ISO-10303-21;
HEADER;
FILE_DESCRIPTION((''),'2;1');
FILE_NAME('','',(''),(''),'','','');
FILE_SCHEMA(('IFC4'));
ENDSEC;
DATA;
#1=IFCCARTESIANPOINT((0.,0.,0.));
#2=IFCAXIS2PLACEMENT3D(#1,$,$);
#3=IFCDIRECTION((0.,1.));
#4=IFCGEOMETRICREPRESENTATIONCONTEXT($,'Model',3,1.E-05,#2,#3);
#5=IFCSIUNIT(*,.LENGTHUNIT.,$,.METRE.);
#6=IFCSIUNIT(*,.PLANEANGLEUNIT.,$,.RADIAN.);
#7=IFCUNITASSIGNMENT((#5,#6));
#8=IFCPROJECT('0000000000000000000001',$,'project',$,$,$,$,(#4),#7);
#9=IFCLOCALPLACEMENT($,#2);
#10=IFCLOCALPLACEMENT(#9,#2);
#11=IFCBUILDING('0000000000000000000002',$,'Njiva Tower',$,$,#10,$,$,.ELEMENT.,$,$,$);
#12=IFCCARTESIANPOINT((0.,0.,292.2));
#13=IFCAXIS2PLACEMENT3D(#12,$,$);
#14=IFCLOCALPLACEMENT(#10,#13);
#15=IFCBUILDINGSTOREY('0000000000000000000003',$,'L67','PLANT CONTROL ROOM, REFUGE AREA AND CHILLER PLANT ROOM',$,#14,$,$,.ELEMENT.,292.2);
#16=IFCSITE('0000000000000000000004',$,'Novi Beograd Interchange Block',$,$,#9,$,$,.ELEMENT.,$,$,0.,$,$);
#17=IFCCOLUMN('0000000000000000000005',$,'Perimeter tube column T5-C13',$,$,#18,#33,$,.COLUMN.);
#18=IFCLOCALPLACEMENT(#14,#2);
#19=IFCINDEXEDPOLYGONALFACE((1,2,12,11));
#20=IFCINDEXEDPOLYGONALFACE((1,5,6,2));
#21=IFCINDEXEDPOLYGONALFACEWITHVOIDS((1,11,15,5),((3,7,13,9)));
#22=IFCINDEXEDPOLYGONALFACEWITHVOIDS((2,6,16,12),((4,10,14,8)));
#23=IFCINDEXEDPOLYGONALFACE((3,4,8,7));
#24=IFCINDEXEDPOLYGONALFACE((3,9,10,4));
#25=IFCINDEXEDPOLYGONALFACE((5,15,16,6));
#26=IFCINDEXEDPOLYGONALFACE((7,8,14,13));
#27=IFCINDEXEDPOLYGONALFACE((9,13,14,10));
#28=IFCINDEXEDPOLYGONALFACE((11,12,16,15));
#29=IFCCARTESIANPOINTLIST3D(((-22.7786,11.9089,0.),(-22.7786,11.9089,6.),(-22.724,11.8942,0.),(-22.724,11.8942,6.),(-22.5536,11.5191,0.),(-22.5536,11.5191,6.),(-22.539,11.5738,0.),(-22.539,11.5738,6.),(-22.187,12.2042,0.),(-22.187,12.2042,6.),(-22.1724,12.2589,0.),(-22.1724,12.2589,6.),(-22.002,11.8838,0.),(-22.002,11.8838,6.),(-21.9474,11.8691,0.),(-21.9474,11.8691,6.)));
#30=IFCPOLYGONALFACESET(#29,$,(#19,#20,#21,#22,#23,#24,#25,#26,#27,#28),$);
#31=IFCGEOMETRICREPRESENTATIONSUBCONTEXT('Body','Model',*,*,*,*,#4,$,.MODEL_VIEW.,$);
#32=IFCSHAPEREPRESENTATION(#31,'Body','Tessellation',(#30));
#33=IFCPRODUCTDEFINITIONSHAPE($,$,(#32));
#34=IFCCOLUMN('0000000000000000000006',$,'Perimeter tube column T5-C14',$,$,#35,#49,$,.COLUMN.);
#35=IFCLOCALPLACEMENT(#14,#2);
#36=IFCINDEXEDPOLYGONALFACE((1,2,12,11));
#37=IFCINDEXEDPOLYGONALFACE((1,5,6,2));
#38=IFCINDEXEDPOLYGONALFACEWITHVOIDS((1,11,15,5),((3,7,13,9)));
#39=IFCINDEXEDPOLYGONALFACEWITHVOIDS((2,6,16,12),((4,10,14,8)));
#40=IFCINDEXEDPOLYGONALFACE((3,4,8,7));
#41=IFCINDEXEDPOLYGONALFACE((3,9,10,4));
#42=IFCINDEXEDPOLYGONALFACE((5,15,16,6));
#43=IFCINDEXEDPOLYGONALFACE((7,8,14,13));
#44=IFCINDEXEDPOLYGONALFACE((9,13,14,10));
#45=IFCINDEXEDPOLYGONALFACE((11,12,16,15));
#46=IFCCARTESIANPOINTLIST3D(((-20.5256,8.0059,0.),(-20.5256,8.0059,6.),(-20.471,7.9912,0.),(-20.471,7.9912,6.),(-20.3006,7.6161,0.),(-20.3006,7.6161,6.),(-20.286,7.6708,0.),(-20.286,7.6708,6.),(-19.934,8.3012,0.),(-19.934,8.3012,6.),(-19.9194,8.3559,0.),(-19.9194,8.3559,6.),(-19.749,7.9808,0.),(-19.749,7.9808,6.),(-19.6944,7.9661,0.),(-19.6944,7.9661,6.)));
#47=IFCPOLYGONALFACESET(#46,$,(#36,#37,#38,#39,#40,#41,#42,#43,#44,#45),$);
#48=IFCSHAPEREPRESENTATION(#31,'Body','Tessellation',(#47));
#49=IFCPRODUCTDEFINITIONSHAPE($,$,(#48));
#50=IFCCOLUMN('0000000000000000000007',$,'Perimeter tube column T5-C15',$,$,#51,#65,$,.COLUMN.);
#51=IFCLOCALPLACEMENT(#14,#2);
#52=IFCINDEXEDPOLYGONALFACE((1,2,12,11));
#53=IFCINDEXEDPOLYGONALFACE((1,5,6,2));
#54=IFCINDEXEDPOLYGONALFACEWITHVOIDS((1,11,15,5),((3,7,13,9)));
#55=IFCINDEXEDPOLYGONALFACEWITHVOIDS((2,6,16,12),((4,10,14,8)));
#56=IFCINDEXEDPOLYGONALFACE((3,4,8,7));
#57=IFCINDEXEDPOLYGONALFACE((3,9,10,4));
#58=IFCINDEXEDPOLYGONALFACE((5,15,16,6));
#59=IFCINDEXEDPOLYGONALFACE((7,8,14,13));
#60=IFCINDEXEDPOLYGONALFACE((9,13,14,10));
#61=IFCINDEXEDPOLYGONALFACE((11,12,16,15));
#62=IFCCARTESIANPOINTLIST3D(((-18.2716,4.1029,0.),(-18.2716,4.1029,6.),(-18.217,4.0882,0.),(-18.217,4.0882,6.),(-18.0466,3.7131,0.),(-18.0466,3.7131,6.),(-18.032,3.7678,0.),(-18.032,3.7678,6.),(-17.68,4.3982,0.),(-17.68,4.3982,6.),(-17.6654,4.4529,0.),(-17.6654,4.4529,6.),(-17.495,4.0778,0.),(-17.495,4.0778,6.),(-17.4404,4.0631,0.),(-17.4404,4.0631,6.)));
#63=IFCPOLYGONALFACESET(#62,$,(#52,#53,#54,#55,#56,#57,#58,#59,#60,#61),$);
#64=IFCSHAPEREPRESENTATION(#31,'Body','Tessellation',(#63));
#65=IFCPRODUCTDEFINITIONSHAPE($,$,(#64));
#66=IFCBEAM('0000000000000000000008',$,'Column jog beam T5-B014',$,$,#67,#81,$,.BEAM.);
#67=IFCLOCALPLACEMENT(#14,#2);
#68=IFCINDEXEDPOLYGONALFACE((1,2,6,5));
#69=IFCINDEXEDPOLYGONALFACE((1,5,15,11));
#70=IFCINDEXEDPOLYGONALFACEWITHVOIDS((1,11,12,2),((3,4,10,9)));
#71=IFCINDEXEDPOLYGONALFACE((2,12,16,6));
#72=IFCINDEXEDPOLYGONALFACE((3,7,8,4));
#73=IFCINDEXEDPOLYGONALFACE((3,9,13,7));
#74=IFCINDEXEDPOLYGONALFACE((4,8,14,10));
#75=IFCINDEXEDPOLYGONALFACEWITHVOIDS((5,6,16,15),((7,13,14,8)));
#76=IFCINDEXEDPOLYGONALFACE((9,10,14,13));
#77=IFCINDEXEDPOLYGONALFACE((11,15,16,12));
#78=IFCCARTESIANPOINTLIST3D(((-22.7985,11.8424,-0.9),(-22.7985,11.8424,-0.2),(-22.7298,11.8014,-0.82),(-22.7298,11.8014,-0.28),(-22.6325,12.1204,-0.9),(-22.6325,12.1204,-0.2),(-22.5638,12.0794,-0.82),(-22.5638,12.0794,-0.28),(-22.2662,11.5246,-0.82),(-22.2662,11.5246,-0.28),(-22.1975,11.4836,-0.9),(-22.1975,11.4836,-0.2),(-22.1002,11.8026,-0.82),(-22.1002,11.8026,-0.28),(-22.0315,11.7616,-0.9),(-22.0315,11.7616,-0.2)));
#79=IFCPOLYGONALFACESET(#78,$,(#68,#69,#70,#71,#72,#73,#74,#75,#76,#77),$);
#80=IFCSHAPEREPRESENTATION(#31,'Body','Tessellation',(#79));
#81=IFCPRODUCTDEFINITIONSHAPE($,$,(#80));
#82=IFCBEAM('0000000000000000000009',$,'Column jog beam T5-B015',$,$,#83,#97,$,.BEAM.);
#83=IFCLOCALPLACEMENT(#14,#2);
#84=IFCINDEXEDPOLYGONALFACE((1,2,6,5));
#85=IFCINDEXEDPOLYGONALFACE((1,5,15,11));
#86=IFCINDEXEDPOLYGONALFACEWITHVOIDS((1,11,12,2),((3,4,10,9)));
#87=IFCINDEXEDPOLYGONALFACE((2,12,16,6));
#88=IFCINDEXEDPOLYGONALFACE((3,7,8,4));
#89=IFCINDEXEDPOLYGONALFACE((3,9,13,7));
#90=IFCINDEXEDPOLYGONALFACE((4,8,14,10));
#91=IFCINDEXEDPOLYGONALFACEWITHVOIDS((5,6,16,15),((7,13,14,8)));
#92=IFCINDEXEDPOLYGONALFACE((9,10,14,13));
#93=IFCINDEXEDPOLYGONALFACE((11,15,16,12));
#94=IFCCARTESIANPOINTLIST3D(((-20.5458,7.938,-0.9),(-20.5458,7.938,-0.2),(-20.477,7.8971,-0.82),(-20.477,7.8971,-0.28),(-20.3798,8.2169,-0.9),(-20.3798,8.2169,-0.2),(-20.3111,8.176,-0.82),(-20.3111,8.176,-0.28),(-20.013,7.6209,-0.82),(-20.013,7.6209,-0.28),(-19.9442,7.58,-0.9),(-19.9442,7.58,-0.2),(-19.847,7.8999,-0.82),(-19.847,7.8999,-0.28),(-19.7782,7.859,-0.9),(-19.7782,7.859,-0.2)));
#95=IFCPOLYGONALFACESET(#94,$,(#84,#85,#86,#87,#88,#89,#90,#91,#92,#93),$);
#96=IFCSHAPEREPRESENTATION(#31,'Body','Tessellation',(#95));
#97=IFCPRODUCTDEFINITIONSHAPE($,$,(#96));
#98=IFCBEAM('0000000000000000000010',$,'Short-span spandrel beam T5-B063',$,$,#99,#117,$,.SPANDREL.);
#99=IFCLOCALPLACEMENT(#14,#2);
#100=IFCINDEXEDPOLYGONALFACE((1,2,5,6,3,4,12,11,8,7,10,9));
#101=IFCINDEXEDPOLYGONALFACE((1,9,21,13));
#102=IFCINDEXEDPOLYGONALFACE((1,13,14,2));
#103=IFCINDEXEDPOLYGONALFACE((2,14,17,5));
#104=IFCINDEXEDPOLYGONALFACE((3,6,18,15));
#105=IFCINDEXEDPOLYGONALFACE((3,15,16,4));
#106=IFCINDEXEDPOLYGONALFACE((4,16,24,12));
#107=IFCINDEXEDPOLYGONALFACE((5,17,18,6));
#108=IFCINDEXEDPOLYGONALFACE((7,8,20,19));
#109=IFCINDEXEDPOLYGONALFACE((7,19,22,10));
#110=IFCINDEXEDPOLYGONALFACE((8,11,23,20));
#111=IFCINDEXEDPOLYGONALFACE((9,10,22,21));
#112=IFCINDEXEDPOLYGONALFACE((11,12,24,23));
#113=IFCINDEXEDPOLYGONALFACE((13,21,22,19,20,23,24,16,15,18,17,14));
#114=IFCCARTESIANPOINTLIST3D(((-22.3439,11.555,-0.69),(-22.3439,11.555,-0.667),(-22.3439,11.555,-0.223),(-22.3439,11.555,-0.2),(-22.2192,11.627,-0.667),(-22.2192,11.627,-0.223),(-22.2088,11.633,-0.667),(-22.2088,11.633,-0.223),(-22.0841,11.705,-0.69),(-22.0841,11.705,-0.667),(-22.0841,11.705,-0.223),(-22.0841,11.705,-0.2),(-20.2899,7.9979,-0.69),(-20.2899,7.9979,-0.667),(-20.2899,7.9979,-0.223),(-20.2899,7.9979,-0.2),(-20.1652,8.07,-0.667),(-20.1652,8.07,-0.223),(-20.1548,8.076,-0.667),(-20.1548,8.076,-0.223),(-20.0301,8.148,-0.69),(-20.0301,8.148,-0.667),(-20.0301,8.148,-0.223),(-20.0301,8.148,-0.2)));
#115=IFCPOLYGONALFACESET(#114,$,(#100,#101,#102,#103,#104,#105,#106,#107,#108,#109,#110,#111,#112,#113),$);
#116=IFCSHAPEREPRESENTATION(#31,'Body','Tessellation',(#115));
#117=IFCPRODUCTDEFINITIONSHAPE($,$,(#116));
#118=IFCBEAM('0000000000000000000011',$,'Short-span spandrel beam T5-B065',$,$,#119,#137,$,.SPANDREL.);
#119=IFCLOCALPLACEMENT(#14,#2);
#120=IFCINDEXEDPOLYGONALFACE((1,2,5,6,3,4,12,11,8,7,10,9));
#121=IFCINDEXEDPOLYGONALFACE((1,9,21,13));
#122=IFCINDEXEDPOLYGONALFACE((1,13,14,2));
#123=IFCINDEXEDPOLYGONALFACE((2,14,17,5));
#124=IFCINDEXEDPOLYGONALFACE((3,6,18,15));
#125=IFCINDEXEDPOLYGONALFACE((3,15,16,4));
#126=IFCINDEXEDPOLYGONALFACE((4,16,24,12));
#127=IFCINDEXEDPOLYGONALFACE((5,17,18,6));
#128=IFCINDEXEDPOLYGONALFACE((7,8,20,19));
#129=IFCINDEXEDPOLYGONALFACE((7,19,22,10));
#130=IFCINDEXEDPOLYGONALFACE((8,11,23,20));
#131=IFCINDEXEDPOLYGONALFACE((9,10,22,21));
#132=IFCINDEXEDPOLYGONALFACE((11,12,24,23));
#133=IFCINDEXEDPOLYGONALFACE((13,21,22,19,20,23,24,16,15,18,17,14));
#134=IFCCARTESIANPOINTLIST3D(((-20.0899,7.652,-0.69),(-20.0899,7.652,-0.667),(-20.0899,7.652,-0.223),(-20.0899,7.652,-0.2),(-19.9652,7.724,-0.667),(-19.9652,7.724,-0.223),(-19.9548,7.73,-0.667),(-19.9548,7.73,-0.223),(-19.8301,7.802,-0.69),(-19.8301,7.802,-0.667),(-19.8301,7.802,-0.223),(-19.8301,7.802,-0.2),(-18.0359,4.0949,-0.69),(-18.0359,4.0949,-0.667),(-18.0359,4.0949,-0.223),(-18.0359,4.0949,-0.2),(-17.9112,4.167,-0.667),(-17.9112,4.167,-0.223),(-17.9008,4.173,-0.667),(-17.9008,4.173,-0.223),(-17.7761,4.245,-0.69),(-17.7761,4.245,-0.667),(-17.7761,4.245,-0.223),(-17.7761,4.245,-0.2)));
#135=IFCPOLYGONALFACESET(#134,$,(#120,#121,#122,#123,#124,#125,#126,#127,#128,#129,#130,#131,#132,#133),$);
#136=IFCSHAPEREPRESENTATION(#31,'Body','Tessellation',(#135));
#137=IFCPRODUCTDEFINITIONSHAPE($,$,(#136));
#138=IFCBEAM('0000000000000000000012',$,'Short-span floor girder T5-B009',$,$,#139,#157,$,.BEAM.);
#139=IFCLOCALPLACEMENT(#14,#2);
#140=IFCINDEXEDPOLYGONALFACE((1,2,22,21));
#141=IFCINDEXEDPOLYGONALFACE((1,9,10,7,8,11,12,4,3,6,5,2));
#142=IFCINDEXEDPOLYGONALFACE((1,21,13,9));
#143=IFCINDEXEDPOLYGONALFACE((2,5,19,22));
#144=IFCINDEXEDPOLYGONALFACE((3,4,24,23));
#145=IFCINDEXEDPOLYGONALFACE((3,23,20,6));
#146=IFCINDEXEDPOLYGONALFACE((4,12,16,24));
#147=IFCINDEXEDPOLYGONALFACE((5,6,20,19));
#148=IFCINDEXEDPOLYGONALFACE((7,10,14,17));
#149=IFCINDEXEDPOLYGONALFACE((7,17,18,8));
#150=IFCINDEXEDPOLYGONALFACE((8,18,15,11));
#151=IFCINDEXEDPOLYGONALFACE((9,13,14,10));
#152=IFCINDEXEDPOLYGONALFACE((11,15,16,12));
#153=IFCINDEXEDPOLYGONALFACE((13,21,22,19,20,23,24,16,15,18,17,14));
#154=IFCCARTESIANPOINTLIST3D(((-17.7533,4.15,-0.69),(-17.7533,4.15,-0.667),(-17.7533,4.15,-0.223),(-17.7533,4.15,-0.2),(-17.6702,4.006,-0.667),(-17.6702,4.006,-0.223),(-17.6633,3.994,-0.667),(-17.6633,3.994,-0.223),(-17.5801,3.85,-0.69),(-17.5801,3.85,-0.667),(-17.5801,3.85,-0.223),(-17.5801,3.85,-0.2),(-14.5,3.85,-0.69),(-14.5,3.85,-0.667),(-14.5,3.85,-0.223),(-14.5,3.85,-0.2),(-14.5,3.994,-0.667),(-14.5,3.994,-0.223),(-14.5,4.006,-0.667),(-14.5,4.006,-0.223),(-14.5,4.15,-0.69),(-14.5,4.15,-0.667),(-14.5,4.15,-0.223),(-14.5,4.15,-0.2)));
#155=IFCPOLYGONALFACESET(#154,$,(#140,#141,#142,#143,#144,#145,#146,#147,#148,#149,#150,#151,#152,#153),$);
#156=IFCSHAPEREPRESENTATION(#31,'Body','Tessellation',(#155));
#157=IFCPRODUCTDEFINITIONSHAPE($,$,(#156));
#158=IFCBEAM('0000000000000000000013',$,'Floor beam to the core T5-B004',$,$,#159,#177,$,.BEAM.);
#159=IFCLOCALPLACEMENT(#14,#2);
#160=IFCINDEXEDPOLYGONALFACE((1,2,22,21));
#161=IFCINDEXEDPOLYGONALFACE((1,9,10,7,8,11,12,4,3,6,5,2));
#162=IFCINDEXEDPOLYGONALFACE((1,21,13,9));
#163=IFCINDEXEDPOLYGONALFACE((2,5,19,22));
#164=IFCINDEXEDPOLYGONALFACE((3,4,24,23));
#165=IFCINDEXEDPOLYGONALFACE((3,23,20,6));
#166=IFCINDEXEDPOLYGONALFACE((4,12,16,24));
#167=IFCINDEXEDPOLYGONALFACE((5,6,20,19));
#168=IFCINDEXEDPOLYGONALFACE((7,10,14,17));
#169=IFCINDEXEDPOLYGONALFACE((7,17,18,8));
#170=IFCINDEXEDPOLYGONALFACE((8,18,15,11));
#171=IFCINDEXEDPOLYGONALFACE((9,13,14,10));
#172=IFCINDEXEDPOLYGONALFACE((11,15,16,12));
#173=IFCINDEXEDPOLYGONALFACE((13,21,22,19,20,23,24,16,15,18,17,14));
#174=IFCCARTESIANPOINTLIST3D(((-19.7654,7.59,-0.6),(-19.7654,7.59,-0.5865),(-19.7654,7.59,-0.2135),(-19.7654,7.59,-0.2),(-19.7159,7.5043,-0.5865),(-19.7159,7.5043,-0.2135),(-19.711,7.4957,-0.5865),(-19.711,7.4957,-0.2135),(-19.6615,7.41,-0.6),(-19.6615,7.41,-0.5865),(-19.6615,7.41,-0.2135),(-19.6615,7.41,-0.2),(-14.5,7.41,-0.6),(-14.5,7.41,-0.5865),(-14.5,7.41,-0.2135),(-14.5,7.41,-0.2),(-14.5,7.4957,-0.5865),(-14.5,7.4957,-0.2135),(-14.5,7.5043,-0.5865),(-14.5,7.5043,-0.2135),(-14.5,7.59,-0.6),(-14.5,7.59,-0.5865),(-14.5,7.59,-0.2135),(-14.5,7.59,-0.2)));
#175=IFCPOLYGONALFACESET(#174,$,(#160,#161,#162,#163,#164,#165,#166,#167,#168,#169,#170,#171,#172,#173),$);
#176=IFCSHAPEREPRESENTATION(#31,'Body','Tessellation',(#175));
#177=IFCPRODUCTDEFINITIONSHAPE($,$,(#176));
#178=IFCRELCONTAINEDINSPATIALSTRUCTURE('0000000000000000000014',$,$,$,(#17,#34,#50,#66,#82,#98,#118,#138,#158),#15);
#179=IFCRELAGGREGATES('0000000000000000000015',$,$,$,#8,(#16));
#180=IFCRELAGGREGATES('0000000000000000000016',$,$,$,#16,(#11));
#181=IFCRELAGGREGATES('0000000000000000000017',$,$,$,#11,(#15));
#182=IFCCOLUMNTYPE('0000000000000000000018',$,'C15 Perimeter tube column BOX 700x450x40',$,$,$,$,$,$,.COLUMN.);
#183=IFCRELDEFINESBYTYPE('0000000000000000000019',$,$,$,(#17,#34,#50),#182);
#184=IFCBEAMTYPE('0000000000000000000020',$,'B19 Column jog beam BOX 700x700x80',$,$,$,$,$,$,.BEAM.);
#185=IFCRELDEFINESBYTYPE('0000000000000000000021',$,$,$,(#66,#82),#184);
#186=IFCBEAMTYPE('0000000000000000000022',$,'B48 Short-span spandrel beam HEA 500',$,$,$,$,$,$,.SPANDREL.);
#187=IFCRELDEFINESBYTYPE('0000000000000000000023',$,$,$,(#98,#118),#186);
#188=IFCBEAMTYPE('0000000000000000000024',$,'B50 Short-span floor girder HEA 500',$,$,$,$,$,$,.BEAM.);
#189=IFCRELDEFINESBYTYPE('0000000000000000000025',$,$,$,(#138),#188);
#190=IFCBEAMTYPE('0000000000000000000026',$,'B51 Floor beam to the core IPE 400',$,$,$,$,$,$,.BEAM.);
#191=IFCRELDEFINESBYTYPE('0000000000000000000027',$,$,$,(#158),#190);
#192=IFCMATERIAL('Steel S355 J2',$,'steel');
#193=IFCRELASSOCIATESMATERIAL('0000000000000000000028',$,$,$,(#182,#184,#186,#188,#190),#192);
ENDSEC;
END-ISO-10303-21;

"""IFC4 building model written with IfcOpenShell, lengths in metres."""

from ifc_helpers import new_model, si_unit, direction, frame, origin, origin_2d, place, context, subcontext, project, spatial, hollow_rectangle, i_section, extrude, clip, halfspace, material, material_profile, profile_set, type_object, element, save


model = new_model("IFC4")

# Units and contexts
model_context = context("Model", 3, precision=1e-05, world=origin(), true_north=direction((0.0, 1.0)))
body_context = subcontext(model_context, "Body", "Model", "MODEL_VIEW")
ifc_project = project(units=[si_unit("LENGTHUNIT", "METRE"), si_unit("PLANEANGLEUNIT", "RADIAN")], contexts=[model_context])

# Site, building, storey
site_placement = place(None, origin())
site = spatial("IfcSite", under=ifc_project, at=site_placement, Name="Novi Beograd Interchange Block", CompositionType="ELEMENT", RefElevation=0.0)
building_placement = place(site_placement, origin())
building = spatial("IfcBuilding", under=site, at=building_placement, Name="Njiva Tower", CompositionType="ELEMENT")
storey_placement = place(building_placement, frame((0.0, 0.0, 292.2)))
storey = spatial("IfcBuildingStorey", under=building, at=storey_placement, Name="L67", Description="PLANT CONTROL ROOM, REFUGE AREA AND CHILLER PLANT ROOM", CompositionType="ELEMENT", Elevation=292.2)

# Columns
ifc_material_1 = material(Name="Steel S355 J2", Category="steel")
ifc_material_profile_1 = material_profile(ifc_material_1, hollow_rectangle(XDim=0.45, YDim=0.7, WallThickness=0.04, at=origin_2d()), Name="BOX 700x450x40")
ifc_profile_set_1 = profile_set([ifc_material_profile_1], Name="Steel S355 J2")
column_type = type_object("IfcColumnType", Name="C15 Perimeter tube column BOX 700x450x40", PredefinedType="COLUMN", material=ifc_profile_set_1)
for number, where, z_axis, x_axis, name in (
    (1, (-22.363, 11.889, 0.0), (0.0, 0.0, 1.0), (0.5, -0.866025, 0.0), "Perimeter tube column T5-C13"),
    (2, (-20.11, 7.986, 0.0), (0.0, 0.0, 1.0), (0.5, -0.866025, 0.0), "Perimeter tube column T5-C14"),
    (3, (-17.856, 4.083, 0.0), (0.0, 0.0, 1.0), (0.5, -0.866025, 0.0), "Perimeter tube column T5-C15"),
):
    element("IfcColumn", number, at=place(storey_placement, frame(where, z_axis=z_axis, x_axis=x_axis)), inside=storey, type_object=column_type, Name=name, PredefinedType="COLUMN", context=body_context, shape_type="SweptSolid", body=[
        extrude(hollow_rectangle(XDim=0.45, YDim=0.7, WallThickness=0.04, at=origin_2d()), origin(), (0.0, 0.0, 1.0), 6.0),
    ])

# Beams
ifc_material_profile_2 = material_profile(ifc_material_1, hollow_rectangle(XDim=0.7, YDim=0.7, WallThickness=0.08, at=origin_2d()), Name="BOX 700x700x80")
ifc_profile_set_2 = profile_set([ifc_material_profile_2], Name="Steel S355 J2")
beam_type_1 = type_object("IfcBeamType", Name="B19 Column jog beam BOX 700x700x80", PredefinedType="BEAM", material=ifc_profile_set_2)
beam_1_placement = place(storey_placement, frame((-22.498, 11.663, -0.55), z_axis=(0.512678, 0.858581, 0.0), x_axis=(-0.858581, 0.512678, 0.0)))
element("IfcBeam", 4, at=beam_1_placement, inside=storey, type_object=beam_type_1, Name="Column jog beam T5-B014", PredefinedType="BEAM", context=body_context, shape_type="SweptSolid", body=[
    extrude(hollow_rectangle(XDim=0.7, YDim=0.7, WallThickness=0.08, at=origin_2d()), origin(), (0.0, 0.0, 1.0), 0.3238),
])
beam_2_placement = place(storey_placement, frame((-20.245, 7.759, -0.55), z_axis=(0.511321, 0.85939, 0.0), x_axis=(-0.85939, 0.511321, 0.0)))
element("IfcBeam", 5, at=beam_2_placement, inside=storey, type_object=beam_type_1, Name="Column jog beam T5-B015", PredefinedType="BEAM", context=body_context, shape_type="SweptSolid", body=[
    extrude(hollow_rectangle(XDim=0.7, YDim=0.7, WallThickness=0.08, at=origin_2d()), origin(), (0.0, 0.0, 1.0), 0.3246),
])
ifc_material_profile_3 = material_profile(ifc_material_1, i_section(OverallWidth=0.3, OverallDepth=0.49, WebThickness=0.012, FlangeThickness=0.023, at=origin_2d()), Name="HEA 500")
ifc_profile_set_3 = profile_set([ifc_material_profile_3], Name="Steel S355 J2")
beam_type_2 = type_object("IfcBeamType", Name="B48 Short-span spandrel beam HEA 500", PredefinedType="SPANDREL", material=ifc_profile_set_3)
for number, where, z_axis, x_axis, name in (
    (6, (-22.214, 11.63, -0.445), (0.500067, -0.865987, 0.0), (0.865987, 0.500067, 0.0), "Short-span spandrel beam T5-B063"),
    (7, (-19.96, 7.727, -0.445), (0.500067, -0.865987, 0.0), (0.865987, 0.500067, 0.0), "Short-span spandrel beam T5-B065"),
):
    element("IfcBeam", number, at=place(storey_placement, frame(where, z_axis=z_axis, x_axis=x_axis)), inside=storey, type_object=beam_type_2, Name=name, PredefinedType="SPANDREL", context=body_context, shape_type="SweptSolid", body=[
        extrude(i_section(OverallWidth=0.3, OverallDepth=0.49, WebThickness=0.012, FlangeThickness=0.023, at=origin_2d()), origin(), (0.0, 0.0, 1.0), 4.1075),
    ])
ifc_material_profile_4 = material_profile(ifc_material_1, i_section(OverallWidth=0.3, OverallDepth=0.49, WebThickness=0.012, FlangeThickness=0.023, at=origin_2d()), Name="HEA 500")
ifc_profile_set_4 = profile_set([ifc_material_profile_4], Name="Steel S355 J2")
beam_type_3 = type_object("IfcBeamType", Name="B50 Short-span floor girder HEA 500", PredefinedType="BEAM", material=ifc_profile_set_4)
beam_3_placement = place(storey_placement, frame((-17.774, 4.0, -0.445), z_axis=(1.0, 0.0, 0.0), x_axis=(0.0, 1.0, 0.0)))
element("IfcBeam", 8, at=beam_3_placement, inside=storey, type_object=beam_type_3, Name="Short-span floor girder T5-B009", PredefinedType="BEAM", context=body_context, shape_type="Clipping", body=[
    clip(extrude(i_section(OverallWidth=0.3, OverallDepth=0.49, WebThickness=0.012, FlangeThickness=0.023, at=origin_2d()), origin(), (0.0, 0.0, 1.0), 3.274), halfspace(frame((-0.025, 0.0, 0.1217), z_axis=(-0.499998, 0.0, -0.866027), x_axis=(0.0, -1.0, 0.0)), False)),
])
ifc_material_profile_5 = material_profile(ifc_material_1, i_section(OverallWidth=0.18, OverallDepth=0.4, WebThickness=0.0086, FlangeThickness=0.0135, at=origin_2d()), Name="IPE 400")
ifc_profile_set_5 = profile_set([ifc_material_profile_5], Name="Steel S355 J2")
beam_type_4 = type_object("IfcBeamType", Name="B51 Floor beam to the core IPE 400", PredefinedType="BEAM", material=ifc_profile_set_5)
beam_4_placement = place(storey_placement, frame((-19.785, 7.5, -0.4), z_axis=(1.0, 0.0, 0.0), x_axis=(0.0, 1.0, 0.0)))
element("IfcBeam", 9, at=beam_4_placement, inside=storey, type_object=beam_type_4, Name="Floor beam to the core T5-B004", PredefinedType="BEAM", context=body_context, shape_type="Clipping", body=[
    clip(extrude(i_section(OverallWidth=0.18, OverallDepth=0.4, WebThickness=0.0086, FlangeThickness=0.0135, at=origin_2d()), origin(), (0.0, 0.0, 1.0), 5.285), halfspace(frame((-0.025, 0.0, 0.086), z_axis=(-0.499998, 0.0, -0.866027), x_axis=(0.0, -1.0, 0.0)), False)),
])

save(model, "model.ifc")
